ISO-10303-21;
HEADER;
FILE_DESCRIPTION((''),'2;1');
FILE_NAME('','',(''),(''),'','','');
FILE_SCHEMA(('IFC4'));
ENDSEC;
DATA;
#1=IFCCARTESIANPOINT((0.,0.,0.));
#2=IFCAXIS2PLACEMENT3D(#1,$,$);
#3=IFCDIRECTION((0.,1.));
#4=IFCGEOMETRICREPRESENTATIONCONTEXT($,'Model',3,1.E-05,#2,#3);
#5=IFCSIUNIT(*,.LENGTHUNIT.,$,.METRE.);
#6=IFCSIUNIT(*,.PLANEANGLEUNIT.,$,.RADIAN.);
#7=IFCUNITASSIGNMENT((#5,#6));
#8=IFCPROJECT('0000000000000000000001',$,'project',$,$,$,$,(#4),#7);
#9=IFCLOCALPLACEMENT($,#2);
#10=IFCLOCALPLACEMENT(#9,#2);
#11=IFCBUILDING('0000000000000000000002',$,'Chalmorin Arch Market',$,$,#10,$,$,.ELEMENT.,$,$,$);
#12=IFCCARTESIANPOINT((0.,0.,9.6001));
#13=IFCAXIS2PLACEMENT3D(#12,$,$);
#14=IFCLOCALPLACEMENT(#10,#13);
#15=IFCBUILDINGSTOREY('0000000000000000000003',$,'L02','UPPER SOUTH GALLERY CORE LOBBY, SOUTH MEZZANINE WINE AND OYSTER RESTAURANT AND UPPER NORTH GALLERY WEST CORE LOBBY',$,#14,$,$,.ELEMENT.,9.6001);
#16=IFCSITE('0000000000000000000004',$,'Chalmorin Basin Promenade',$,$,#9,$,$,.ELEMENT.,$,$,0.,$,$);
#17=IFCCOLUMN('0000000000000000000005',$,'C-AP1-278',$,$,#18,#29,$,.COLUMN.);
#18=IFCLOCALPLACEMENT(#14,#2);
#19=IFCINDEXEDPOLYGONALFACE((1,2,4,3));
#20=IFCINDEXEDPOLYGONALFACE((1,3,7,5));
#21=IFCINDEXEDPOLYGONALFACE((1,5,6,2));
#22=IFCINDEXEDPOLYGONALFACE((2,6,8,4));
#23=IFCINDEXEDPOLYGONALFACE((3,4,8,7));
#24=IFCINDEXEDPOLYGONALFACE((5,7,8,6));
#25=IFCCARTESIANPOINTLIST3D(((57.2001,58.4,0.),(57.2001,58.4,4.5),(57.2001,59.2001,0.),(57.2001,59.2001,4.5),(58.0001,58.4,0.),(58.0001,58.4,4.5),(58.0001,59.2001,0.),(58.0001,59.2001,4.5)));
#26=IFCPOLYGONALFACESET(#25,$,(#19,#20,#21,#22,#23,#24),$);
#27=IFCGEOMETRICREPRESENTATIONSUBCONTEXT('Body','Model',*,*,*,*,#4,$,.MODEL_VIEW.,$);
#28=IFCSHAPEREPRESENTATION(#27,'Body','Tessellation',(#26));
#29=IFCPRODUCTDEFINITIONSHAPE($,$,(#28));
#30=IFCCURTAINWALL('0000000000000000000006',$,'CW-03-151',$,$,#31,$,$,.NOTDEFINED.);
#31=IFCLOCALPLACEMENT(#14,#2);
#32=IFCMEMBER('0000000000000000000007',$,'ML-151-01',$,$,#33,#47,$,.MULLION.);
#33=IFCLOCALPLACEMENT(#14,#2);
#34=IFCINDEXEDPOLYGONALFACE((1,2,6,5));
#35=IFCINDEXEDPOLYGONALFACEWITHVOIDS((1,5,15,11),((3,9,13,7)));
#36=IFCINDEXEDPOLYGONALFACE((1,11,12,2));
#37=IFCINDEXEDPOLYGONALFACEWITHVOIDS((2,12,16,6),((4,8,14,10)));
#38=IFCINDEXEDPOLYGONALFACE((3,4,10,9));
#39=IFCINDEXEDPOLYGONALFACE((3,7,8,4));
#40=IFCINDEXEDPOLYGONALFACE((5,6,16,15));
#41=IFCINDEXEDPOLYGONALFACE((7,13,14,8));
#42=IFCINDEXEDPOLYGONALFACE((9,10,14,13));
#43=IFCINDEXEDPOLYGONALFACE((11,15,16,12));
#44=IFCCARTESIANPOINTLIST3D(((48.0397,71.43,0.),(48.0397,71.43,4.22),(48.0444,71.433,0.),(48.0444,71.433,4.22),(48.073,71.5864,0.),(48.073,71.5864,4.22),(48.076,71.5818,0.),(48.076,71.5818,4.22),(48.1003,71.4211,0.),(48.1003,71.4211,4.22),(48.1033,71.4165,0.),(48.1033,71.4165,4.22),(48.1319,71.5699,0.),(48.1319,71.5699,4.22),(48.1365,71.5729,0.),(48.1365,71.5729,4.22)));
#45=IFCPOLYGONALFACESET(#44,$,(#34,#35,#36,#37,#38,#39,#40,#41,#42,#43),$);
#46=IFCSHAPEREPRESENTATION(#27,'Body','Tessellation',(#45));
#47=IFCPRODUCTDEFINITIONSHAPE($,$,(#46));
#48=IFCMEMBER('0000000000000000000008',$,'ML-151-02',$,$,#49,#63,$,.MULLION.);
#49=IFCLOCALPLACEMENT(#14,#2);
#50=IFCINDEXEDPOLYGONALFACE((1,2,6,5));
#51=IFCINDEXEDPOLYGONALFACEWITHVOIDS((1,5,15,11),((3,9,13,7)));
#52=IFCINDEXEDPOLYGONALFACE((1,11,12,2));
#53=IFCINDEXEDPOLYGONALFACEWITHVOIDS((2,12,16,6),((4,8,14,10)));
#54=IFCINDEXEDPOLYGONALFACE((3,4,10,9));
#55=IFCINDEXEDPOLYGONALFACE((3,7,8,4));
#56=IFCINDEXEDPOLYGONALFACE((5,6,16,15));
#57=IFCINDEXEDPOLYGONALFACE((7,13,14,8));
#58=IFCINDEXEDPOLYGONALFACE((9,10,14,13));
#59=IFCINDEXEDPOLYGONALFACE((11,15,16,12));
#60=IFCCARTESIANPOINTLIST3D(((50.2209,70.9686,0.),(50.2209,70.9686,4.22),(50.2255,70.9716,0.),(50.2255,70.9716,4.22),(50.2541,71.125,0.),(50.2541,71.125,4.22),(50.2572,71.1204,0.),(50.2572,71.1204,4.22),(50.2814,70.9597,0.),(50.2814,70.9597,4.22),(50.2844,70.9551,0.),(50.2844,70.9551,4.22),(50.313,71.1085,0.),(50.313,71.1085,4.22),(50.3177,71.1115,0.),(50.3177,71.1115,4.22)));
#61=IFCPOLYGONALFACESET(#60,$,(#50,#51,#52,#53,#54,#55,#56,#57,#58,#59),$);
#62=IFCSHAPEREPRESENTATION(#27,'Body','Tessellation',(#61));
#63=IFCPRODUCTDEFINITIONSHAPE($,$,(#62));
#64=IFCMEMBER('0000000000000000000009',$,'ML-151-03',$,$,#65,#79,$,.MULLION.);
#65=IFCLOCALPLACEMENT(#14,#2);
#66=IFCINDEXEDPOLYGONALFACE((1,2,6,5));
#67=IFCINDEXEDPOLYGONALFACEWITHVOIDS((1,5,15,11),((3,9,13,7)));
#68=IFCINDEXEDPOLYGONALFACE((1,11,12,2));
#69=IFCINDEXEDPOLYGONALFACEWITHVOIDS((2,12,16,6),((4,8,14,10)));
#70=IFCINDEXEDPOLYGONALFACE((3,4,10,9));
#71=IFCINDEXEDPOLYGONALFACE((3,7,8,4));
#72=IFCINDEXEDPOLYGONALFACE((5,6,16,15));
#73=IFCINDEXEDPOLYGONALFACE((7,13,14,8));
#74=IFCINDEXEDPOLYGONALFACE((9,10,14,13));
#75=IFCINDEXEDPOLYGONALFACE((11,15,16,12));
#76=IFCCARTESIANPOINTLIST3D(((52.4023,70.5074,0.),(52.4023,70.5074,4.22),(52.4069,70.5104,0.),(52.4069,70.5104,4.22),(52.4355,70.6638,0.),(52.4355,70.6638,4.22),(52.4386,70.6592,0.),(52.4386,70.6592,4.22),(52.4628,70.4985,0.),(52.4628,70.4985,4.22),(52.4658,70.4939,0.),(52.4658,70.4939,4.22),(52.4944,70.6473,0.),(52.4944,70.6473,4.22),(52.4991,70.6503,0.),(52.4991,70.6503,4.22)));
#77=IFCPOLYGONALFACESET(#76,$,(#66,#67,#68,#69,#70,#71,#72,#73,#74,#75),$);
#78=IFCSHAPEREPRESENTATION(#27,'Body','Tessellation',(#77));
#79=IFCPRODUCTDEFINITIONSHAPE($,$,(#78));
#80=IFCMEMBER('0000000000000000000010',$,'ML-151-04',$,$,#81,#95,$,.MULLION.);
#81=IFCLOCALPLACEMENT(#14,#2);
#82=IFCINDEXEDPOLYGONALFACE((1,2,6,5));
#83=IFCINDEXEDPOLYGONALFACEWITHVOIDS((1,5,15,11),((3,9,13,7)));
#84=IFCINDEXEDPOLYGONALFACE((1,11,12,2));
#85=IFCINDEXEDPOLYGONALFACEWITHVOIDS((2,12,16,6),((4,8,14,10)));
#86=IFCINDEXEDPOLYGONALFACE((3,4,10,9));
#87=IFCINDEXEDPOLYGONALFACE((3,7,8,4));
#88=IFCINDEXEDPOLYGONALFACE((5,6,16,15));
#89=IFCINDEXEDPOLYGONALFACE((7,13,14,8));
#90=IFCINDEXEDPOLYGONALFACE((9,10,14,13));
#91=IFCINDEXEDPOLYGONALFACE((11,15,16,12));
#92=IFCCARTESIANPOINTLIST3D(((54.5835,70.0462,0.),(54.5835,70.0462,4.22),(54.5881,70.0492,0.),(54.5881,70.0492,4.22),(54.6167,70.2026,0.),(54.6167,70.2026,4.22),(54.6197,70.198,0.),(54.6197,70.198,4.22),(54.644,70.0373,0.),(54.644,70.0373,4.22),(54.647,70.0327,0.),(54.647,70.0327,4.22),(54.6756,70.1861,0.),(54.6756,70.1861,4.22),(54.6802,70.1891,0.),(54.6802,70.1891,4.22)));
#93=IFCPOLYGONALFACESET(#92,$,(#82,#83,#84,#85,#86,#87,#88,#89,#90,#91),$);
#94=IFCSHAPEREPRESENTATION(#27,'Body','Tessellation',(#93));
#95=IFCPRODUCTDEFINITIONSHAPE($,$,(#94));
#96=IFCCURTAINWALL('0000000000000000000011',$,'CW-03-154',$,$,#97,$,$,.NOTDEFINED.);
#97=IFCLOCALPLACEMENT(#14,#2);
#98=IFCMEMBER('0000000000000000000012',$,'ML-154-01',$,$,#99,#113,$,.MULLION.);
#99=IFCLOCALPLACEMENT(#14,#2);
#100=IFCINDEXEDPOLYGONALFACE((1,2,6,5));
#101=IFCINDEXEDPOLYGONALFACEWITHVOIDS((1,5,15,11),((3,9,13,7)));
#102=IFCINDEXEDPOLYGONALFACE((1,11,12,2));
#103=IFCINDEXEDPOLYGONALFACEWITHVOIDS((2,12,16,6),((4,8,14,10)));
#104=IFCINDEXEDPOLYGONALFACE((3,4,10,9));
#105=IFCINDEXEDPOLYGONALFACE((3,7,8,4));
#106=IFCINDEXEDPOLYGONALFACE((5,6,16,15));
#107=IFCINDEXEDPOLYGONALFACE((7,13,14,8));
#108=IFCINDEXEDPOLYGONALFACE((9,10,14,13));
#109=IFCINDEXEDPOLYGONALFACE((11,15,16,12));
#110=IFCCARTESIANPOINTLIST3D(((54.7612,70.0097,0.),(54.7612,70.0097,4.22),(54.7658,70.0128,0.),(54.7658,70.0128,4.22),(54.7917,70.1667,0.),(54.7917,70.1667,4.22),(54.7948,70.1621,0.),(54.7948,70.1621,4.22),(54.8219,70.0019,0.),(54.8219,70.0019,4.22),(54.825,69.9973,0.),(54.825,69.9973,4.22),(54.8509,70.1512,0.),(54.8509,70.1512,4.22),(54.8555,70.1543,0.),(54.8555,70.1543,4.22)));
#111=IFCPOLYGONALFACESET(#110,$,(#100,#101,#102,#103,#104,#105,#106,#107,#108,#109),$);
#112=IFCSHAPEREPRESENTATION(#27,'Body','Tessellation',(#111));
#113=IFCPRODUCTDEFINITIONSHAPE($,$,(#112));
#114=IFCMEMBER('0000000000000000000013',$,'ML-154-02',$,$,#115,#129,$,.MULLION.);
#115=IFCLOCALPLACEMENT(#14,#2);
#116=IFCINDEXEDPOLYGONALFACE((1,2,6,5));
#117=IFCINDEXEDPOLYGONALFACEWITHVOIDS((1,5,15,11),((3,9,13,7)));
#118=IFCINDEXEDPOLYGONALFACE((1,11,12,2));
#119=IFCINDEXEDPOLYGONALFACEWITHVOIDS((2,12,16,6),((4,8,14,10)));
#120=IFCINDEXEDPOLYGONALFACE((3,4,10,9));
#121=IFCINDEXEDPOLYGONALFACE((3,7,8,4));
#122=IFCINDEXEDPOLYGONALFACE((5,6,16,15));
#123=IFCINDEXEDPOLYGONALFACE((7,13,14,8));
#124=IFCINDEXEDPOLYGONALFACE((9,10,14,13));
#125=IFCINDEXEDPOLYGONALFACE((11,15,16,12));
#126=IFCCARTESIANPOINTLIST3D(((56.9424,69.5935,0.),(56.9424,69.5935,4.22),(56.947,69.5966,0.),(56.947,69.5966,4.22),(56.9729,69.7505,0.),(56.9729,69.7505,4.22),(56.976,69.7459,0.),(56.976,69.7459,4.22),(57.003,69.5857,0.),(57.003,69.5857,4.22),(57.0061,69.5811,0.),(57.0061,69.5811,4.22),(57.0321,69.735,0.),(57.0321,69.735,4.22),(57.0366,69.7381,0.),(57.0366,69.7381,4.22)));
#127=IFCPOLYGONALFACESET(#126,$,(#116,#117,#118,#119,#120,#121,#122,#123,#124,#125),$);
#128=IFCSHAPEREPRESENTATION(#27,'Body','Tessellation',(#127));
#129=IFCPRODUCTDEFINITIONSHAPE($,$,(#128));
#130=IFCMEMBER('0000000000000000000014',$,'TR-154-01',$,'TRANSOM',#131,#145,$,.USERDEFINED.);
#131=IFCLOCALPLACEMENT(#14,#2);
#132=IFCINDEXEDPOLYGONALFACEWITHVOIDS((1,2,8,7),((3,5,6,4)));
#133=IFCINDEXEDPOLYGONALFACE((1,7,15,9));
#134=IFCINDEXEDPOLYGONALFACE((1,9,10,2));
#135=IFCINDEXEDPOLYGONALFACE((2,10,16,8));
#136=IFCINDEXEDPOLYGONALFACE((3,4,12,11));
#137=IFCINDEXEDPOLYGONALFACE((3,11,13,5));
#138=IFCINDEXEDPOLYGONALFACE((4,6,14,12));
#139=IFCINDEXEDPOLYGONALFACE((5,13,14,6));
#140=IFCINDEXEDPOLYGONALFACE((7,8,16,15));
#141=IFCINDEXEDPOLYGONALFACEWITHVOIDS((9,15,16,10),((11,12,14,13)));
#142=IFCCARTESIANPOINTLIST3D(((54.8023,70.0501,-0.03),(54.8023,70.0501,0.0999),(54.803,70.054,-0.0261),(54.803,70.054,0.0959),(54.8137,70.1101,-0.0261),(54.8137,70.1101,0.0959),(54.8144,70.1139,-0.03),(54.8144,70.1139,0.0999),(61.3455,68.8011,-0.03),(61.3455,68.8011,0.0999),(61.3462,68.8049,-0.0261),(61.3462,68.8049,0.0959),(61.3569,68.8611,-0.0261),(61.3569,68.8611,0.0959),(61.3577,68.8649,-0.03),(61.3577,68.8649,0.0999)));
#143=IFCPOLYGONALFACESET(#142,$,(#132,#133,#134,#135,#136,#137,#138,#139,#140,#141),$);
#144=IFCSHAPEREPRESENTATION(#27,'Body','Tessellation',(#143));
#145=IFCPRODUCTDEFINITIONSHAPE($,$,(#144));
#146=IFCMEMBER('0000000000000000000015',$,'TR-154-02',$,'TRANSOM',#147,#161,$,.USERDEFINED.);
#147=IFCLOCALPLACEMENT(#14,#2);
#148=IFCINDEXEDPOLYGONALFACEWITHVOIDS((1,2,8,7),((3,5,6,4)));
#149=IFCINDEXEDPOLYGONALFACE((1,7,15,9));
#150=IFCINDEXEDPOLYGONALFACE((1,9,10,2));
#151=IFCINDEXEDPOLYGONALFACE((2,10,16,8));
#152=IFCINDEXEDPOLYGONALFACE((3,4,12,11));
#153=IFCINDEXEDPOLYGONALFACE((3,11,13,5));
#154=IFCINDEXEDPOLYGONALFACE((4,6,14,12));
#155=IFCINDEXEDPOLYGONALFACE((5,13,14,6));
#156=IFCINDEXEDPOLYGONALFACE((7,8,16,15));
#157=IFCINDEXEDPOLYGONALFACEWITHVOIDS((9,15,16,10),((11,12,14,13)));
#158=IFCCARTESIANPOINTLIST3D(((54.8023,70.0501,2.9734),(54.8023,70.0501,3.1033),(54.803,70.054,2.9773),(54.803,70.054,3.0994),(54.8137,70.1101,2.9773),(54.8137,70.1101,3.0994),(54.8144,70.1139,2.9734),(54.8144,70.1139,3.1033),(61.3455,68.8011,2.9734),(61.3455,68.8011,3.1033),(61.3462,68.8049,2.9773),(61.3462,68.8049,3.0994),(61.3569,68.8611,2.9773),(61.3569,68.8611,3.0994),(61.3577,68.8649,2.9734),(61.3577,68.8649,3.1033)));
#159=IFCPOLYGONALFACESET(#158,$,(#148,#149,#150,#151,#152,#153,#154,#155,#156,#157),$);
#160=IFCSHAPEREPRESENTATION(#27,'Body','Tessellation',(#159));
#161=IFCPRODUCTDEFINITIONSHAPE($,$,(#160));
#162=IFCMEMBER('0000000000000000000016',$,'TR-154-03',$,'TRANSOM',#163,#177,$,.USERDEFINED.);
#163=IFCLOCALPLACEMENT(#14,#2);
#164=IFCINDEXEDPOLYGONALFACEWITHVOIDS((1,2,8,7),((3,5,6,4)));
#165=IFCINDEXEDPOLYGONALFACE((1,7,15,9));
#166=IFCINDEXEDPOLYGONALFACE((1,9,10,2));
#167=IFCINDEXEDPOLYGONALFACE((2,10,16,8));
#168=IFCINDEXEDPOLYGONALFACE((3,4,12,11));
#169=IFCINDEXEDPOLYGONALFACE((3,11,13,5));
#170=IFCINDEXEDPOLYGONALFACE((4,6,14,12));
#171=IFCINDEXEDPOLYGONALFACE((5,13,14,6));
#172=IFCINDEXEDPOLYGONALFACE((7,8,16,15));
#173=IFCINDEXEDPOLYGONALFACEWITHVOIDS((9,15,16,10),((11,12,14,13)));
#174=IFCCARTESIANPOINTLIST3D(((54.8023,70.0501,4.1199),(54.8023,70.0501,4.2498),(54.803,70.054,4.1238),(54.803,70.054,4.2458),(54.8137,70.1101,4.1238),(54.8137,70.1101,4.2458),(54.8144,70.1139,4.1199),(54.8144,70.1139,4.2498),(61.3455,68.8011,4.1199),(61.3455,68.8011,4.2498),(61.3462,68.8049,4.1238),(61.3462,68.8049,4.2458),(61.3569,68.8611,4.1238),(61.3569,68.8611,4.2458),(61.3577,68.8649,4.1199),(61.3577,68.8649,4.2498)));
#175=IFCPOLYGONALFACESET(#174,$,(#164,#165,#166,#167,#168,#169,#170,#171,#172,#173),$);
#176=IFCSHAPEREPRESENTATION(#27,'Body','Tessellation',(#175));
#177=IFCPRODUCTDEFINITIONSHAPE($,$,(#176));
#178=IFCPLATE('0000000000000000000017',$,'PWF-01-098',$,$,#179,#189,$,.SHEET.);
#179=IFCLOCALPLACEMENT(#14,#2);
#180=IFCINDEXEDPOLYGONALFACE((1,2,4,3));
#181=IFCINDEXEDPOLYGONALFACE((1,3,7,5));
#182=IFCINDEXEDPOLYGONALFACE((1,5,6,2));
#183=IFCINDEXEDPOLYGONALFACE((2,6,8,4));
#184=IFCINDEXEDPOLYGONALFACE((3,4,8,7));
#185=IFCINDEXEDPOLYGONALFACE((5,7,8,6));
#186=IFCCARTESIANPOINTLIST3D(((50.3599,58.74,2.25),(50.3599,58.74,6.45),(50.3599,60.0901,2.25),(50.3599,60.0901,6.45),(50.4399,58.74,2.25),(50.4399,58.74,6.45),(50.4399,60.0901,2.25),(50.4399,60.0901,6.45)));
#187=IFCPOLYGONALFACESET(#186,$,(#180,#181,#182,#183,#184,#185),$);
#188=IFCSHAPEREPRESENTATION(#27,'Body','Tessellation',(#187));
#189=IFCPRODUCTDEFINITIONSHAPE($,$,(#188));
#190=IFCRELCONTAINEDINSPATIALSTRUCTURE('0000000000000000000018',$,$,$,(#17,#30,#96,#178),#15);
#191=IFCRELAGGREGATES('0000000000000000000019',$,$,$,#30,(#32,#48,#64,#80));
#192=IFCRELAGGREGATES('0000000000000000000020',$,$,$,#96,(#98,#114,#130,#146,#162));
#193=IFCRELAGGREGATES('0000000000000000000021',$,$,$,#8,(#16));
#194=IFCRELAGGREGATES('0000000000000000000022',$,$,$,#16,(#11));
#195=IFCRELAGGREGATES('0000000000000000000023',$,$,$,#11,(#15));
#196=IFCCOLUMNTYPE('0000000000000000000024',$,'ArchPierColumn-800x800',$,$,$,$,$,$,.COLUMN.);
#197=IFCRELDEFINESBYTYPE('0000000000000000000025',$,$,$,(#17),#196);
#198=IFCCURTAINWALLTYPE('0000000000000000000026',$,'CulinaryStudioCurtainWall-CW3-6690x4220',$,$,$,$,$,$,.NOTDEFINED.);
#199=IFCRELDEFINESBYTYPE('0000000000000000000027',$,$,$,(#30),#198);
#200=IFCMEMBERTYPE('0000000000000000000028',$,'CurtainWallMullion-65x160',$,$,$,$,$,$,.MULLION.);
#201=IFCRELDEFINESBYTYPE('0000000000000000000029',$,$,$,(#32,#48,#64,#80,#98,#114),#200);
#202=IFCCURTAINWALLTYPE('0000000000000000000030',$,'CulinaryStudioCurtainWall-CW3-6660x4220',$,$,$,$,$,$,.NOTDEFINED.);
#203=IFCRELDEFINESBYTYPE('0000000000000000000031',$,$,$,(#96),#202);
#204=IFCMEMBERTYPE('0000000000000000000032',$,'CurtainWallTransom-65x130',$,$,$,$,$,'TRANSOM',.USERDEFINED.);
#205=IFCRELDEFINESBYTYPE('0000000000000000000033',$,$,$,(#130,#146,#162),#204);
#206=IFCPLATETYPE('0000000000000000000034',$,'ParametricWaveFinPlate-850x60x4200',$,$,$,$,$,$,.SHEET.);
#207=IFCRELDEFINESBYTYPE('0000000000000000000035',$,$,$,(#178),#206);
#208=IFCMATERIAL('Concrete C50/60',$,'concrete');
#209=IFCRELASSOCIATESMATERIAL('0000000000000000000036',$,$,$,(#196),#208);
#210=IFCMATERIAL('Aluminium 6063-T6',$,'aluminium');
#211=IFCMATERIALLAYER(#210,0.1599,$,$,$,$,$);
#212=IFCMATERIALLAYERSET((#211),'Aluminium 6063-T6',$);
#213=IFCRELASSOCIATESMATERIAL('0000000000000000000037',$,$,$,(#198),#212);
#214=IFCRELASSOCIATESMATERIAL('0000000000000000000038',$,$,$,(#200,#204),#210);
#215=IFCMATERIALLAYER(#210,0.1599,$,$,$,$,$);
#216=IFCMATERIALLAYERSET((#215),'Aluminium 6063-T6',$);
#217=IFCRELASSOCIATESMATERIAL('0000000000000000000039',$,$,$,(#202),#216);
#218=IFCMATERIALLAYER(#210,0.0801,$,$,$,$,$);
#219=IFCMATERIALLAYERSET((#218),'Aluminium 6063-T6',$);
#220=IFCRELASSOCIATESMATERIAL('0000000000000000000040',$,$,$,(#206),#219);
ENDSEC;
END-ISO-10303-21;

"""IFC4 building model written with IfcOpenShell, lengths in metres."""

from ifc_helpers import new_model, si_unit, direction, frame, origin, origin_2d, place, context, subcontext, project, spatial, rectangle, hollow_rectangle, extrude, material, layer, layer_set, material_profile, profile_set, type_object, element, aggregate, save


model = new_model("IFC4")

# Units and contexts
model_context = context("Model", 3, precision=1e-05, world=origin(), true_north=direction((0.0, 1.0)))
body_context = subcontext(model_context, "Body", "Model", "MODEL_VIEW")
ifc_project = project(units=[si_unit("LENGTHUNIT", "METRE"), si_unit("PLANEANGLEUNIT", "RADIAN")], contexts=[model_context])

# Site, building, storey
site_placement = place(None, origin())
site = spatial("IfcSite", under=ifc_project, at=site_placement, Name="Chalmorin Basin Promenade", CompositionType="ELEMENT", RefElevation=0.0)
building_placement = place(site_placement, origin())
building = spatial("IfcBuilding", under=site, at=building_placement, Name="Chalmorin Arch Market", CompositionType="ELEMENT")
storey_placement = place(building_placement, frame((0.0, 0.0, 9.6001)))
storey = spatial("IfcBuildingStorey", under=building, at=storey_placement, Name="L02", Description="UPPER SOUTH GALLERY CORE LOBBY, SOUTH MEZZANINE WINE AND OYSTER RESTAURANT AND UPPER NORTH GALLERY WEST CORE LOBBY", CompositionType="ELEMENT", Elevation=9.6001)

# Column
ifc_material_1 = material(Name="Concrete C50/60", Category="concrete")
ifc_material_profile_1 = material_profile(ifc_material_1, rectangle(XDim=0.8, YDim=0.8, at=origin_2d()), Name="RC800X800")
ifc_profile_set_1 = profile_set([ifc_material_profile_1], Name="Concrete C50/60")
column_type = type_object("IfcColumnType", Name="ArchPierColumn-800x800", PredefinedType="COLUMN", material=ifc_profile_set_1)
column_placement = place(storey_placement, frame((57.6001, 58.8, 0.0), z_axis=(0.0, 0.0, 1.0), x_axis=(1.0, 0.0, 0.0)))
element("IfcColumn", 1, at=column_placement, inside=storey, type_object=column_type, Name="C-AP1-278", PredefinedType="COLUMN", context=body_context, shape_type="SweptSolid", body=[
    extrude(rectangle(XDim=0.8, YDim=0.8, at=origin_2d()), origin(), (0.0, 0.0, 1.0), 4.5),
])

# Curtain walls, members
ifc_material_2 = material(Name="Aluminium 6063-T6", Category="aluminium")
ifc_layer_1 = layer(ifc_material_2, 0.1599)
ifc_layer_set_1 = layer_set([ifc_layer_1], Name="Aluminium 6063-T6")
curtain_wall_type_1 = type_object("IfcCurtainWallType", Name="CulinaryStudioCurtainWall-CW3-6690x4220", PredefinedType="NOTDEFINED", material=ifc_layer_set_1)
curtain_wall_1_placement = place(storey_placement, origin())
curtain_wall_1 = element("IfcCurtainWall", 2, at=curtain_wall_1_placement, inside=storey, type_object=curtain_wall_type_1, Name="CW-03-151", PredefinedType="NOTDEFINED")
ifc_material_profile_2 = material_profile(ifc_material_2, hollow_rectangle(XDim=0.0649, YDim=0.1599, WallThickness=0.0039, at=origin_2d()), Name="ALU65X160X4")
ifc_profile_set_2 = profile_set([ifc_material_profile_2], Name="Aluminium 6063-T6")
member_type_1 = type_object("IfcMemberType", Name="CurtainWallMullion-65x160", PredefinedType="MULLION", material=ifc_profile_set_2)
member_1_placement = place(storey_placement, frame((48.0881, 71.5015, 0.0), z_axis=(0.0, 0.0, 1.0), x_axis=(0.978148, -0.207912, 0.0)))
member_1 = element("IfcMember", 3, at=member_1_placement, type_object=member_type_1, Name="ML-151-01", PredefinedType="MULLION", context=body_context, shape_type="SweptSolid", body=[
    extrude(hollow_rectangle(XDim=0.0649, YDim=0.1599, WallThickness=0.0039, at=origin_2d()), origin(), (0.0, 0.0, 1.0), 4.22),
])
member_2_placement = place(storey_placement, frame((50.2693, 71.04, 0.0), z_axis=(0.0, 0.0, 1.0), x_axis=(0.978148, -0.207912, 0.0)))
member_2 = element("IfcMember", 4, at=member_2_placement, type_object=member_type_1, Name="ML-151-02", PredefinedType="MULLION", context=body_context, shape_type="SweptSolid", body=[
    extrude(hollow_rectangle(XDim=0.0649, YDim=0.1599, WallThickness=0.0039, at=origin_2d()), origin(), (0.0, 0.0, 1.0), 4.22),
])
member_3_placement = place(storey_placement, frame((52.4507, 70.5789, 0.0), z_axis=(0.0, 0.0, 1.0), x_axis=(0.978148, -0.207912, 0.0)))
member_3 = element("IfcMember", 5, at=member_3_placement, type_object=member_type_1, Name="ML-151-03", PredefinedType="MULLION", context=body_context, shape_type="SweptSolid", body=[
    extrude(hollow_rectangle(XDim=0.0649, YDim=0.1599, WallThickness=0.0039, at=origin_2d()), origin(), (0.0, 0.0, 1.0), 4.22),
])
member_4_placement = place(storey_placement, frame((54.6318, 70.1177, 0.0), z_axis=(0.0, 0.0, 1.0), x_axis=(0.978148, -0.207912, 0.0)))
member_4 = element("IfcMember", 6, at=member_4_placement, type_object=member_type_1, Name="ML-151-04", PredefinedType="MULLION", context=body_context, shape_type="SweptSolid", body=[
    extrude(hollow_rectangle(XDim=0.0649, YDim=0.1599, WallThickness=0.0039, at=origin_2d()), origin(), (0.0, 0.0, 1.0), 4.22),
])
ifc_layer_2 = layer(ifc_material_2, 0.1599)
ifc_layer_set_2 = layer_set([ifc_layer_2], Name="Aluminium 6063-T6")
curtain_wall_type_2 = type_object("IfcCurtainWallType", Name="CulinaryStudioCurtainWall-CW3-6660x4220", PredefinedType="NOTDEFINED", material=ifc_layer_set_2)
curtain_wall_2_placement = place(storey_placement, origin())
curtain_wall_2 = element("IfcCurtainWall", 7, at=curtain_wall_2_placement, inside=storey, type_object=curtain_wall_type_2, Name="CW-03-154", PredefinedType="NOTDEFINED")
member_5_placement = place(storey_placement, frame((54.8083, 70.082, 0.0), z_axis=(0.0, 0.0, 1.0), x_axis=(0.981627, -0.190809, 0.0)))
member_5 = element("IfcMember", 8, at=member_5_placement, type_object=member_type_1, Name="ML-154-01", PredefinedType="MULLION", context=body_context, shape_type="SweptSolid", body=[
    extrude(hollow_rectangle(XDim=0.0649, YDim=0.1599, WallThickness=0.0039, at=origin_2d()), origin(), (0.0, 0.0, 1.0), 4.22),
])
member_6_placement = place(storey_placement, frame((56.9895, 69.6658, 0.0), z_axis=(0.0, 0.0, 1.0), x_axis=(0.981627, -0.190809, 0.0)))
member_6 = element("IfcMember", 9, at=member_6_placement, type_object=member_type_1, Name="ML-154-02", PredefinedType="MULLION", context=body_context, shape_type="SweptSolid", body=[
    extrude(hollow_rectangle(XDim=0.0649, YDim=0.1599, WallThickness=0.0039, at=origin_2d()), origin(), (0.0, 0.0, 1.0), 4.22),
])
ifc_material_profile_3 = material_profile(ifc_material_2, hollow_rectangle(XDim=0.0649, YDim=0.1299, WallThickness=0.0039, at=origin_2d()), Name="ALU65X130X4")
ifc_profile_set_3 = profile_set([ifc_material_profile_3], Name="Aluminium 6063-T6")
member_type_2 = type_object("IfcMemberType", Name="CurtainWallTransom-65x130", ElementType="TRANSOM", PredefinedType="USERDEFINED", material=ifc_profile_set_3)
member_7_placement = place(storey_placement, frame((54.8083, 70.082, 0.0349), z_axis=(0.982264, -0.187503, 0.0), x_axis=(0.187503, 0.982264, 0.0)))
member_7 = element("IfcMember", 10, at=member_7_placement, type_object=member_type_2, Name="TR-154-01", ObjectType="TRANSOM", PredefinedType="USERDEFINED", context=body_context, shape_type="SweptSolid", body=[
    extrude(hollow_rectangle(XDim=0.0649, YDim=0.1299, WallThickness=0.0039, at=origin_2d()), origin(), (0.0, 0.0, 1.0), 6.6614),
])
member_8_placement = place(storey_placement, frame((54.8083, 70.082, 3.0383), z_axis=(0.982264, -0.187503, 0.0), x_axis=(0.187503, 0.982264, 0.0)))
member_8 = element("IfcMember", 11, at=member_8_placement, type_object=member_type_2, Name="TR-154-02", ObjectType="TRANSOM", PredefinedType="USERDEFINED", context=body_context, shape_type="SweptSolid", body=[
    extrude(hollow_rectangle(XDim=0.0649, YDim=0.1299, WallThickness=0.0039, at=origin_2d()), origin(), (0.0, 0.0, 1.0), 6.6614),
])
member_9_placement = place(storey_placement, frame((54.8083, 70.082, 4.1848), z_axis=(0.982264, -0.187503, 0.0), x_axis=(0.187503, 0.982264, 0.0)))
member_9 = element("IfcMember", 12, at=member_9_placement, type_object=member_type_2, Name="TR-154-03", ObjectType="TRANSOM", PredefinedType="USERDEFINED", context=body_context, shape_type="SweptSolid", body=[
    extrude(hollow_rectangle(XDim=0.0649, YDim=0.1299, WallThickness=0.0039, at=origin_2d()), origin(), (0.0, 0.0, 1.0), 6.6614),
])

# Plate
ifc_layer_3 = layer(ifc_material_2, 0.0801)
ifc_layer_set_3 = layer_set([ifc_layer_3], Name="Aluminium 6063-T6")
plate_type_1 = type_object("IfcPlateType", Name="ParametricWaveFinPlate-850x60x4200", PredefinedType="SHEET", material=ifc_layer_set_3)
for number, where, z_axis, x_axis, name in (
    (13, (50.3999, 59.415, 2.25), (0.0, 0.0, 1.0), (0.0, 1.0, 0.0), "PWF-01-098"),
):
    element("IfcPlate", number, at=place(storey_placement, frame(where, z_axis=z_axis, x_axis=x_axis)), inside=storey, type_object=plate_type_1, Name=name, PredefinedType="SHEET", context=body_context, shape_type="SweptSolid", body=[
        extrude(rectangle(XDim=1.3501, YDim=0.0801, at=origin_2d()), origin(), (0.0, 0.0, 1.0), 4.2),
    ])

aggregate(curtain_wall_1, [member_1, member_2, member_3, member_4])
aggregate(curtain_wall_2, [member_5, member_6, member_7, member_8, member_9])

save(model, "model.ifc")
